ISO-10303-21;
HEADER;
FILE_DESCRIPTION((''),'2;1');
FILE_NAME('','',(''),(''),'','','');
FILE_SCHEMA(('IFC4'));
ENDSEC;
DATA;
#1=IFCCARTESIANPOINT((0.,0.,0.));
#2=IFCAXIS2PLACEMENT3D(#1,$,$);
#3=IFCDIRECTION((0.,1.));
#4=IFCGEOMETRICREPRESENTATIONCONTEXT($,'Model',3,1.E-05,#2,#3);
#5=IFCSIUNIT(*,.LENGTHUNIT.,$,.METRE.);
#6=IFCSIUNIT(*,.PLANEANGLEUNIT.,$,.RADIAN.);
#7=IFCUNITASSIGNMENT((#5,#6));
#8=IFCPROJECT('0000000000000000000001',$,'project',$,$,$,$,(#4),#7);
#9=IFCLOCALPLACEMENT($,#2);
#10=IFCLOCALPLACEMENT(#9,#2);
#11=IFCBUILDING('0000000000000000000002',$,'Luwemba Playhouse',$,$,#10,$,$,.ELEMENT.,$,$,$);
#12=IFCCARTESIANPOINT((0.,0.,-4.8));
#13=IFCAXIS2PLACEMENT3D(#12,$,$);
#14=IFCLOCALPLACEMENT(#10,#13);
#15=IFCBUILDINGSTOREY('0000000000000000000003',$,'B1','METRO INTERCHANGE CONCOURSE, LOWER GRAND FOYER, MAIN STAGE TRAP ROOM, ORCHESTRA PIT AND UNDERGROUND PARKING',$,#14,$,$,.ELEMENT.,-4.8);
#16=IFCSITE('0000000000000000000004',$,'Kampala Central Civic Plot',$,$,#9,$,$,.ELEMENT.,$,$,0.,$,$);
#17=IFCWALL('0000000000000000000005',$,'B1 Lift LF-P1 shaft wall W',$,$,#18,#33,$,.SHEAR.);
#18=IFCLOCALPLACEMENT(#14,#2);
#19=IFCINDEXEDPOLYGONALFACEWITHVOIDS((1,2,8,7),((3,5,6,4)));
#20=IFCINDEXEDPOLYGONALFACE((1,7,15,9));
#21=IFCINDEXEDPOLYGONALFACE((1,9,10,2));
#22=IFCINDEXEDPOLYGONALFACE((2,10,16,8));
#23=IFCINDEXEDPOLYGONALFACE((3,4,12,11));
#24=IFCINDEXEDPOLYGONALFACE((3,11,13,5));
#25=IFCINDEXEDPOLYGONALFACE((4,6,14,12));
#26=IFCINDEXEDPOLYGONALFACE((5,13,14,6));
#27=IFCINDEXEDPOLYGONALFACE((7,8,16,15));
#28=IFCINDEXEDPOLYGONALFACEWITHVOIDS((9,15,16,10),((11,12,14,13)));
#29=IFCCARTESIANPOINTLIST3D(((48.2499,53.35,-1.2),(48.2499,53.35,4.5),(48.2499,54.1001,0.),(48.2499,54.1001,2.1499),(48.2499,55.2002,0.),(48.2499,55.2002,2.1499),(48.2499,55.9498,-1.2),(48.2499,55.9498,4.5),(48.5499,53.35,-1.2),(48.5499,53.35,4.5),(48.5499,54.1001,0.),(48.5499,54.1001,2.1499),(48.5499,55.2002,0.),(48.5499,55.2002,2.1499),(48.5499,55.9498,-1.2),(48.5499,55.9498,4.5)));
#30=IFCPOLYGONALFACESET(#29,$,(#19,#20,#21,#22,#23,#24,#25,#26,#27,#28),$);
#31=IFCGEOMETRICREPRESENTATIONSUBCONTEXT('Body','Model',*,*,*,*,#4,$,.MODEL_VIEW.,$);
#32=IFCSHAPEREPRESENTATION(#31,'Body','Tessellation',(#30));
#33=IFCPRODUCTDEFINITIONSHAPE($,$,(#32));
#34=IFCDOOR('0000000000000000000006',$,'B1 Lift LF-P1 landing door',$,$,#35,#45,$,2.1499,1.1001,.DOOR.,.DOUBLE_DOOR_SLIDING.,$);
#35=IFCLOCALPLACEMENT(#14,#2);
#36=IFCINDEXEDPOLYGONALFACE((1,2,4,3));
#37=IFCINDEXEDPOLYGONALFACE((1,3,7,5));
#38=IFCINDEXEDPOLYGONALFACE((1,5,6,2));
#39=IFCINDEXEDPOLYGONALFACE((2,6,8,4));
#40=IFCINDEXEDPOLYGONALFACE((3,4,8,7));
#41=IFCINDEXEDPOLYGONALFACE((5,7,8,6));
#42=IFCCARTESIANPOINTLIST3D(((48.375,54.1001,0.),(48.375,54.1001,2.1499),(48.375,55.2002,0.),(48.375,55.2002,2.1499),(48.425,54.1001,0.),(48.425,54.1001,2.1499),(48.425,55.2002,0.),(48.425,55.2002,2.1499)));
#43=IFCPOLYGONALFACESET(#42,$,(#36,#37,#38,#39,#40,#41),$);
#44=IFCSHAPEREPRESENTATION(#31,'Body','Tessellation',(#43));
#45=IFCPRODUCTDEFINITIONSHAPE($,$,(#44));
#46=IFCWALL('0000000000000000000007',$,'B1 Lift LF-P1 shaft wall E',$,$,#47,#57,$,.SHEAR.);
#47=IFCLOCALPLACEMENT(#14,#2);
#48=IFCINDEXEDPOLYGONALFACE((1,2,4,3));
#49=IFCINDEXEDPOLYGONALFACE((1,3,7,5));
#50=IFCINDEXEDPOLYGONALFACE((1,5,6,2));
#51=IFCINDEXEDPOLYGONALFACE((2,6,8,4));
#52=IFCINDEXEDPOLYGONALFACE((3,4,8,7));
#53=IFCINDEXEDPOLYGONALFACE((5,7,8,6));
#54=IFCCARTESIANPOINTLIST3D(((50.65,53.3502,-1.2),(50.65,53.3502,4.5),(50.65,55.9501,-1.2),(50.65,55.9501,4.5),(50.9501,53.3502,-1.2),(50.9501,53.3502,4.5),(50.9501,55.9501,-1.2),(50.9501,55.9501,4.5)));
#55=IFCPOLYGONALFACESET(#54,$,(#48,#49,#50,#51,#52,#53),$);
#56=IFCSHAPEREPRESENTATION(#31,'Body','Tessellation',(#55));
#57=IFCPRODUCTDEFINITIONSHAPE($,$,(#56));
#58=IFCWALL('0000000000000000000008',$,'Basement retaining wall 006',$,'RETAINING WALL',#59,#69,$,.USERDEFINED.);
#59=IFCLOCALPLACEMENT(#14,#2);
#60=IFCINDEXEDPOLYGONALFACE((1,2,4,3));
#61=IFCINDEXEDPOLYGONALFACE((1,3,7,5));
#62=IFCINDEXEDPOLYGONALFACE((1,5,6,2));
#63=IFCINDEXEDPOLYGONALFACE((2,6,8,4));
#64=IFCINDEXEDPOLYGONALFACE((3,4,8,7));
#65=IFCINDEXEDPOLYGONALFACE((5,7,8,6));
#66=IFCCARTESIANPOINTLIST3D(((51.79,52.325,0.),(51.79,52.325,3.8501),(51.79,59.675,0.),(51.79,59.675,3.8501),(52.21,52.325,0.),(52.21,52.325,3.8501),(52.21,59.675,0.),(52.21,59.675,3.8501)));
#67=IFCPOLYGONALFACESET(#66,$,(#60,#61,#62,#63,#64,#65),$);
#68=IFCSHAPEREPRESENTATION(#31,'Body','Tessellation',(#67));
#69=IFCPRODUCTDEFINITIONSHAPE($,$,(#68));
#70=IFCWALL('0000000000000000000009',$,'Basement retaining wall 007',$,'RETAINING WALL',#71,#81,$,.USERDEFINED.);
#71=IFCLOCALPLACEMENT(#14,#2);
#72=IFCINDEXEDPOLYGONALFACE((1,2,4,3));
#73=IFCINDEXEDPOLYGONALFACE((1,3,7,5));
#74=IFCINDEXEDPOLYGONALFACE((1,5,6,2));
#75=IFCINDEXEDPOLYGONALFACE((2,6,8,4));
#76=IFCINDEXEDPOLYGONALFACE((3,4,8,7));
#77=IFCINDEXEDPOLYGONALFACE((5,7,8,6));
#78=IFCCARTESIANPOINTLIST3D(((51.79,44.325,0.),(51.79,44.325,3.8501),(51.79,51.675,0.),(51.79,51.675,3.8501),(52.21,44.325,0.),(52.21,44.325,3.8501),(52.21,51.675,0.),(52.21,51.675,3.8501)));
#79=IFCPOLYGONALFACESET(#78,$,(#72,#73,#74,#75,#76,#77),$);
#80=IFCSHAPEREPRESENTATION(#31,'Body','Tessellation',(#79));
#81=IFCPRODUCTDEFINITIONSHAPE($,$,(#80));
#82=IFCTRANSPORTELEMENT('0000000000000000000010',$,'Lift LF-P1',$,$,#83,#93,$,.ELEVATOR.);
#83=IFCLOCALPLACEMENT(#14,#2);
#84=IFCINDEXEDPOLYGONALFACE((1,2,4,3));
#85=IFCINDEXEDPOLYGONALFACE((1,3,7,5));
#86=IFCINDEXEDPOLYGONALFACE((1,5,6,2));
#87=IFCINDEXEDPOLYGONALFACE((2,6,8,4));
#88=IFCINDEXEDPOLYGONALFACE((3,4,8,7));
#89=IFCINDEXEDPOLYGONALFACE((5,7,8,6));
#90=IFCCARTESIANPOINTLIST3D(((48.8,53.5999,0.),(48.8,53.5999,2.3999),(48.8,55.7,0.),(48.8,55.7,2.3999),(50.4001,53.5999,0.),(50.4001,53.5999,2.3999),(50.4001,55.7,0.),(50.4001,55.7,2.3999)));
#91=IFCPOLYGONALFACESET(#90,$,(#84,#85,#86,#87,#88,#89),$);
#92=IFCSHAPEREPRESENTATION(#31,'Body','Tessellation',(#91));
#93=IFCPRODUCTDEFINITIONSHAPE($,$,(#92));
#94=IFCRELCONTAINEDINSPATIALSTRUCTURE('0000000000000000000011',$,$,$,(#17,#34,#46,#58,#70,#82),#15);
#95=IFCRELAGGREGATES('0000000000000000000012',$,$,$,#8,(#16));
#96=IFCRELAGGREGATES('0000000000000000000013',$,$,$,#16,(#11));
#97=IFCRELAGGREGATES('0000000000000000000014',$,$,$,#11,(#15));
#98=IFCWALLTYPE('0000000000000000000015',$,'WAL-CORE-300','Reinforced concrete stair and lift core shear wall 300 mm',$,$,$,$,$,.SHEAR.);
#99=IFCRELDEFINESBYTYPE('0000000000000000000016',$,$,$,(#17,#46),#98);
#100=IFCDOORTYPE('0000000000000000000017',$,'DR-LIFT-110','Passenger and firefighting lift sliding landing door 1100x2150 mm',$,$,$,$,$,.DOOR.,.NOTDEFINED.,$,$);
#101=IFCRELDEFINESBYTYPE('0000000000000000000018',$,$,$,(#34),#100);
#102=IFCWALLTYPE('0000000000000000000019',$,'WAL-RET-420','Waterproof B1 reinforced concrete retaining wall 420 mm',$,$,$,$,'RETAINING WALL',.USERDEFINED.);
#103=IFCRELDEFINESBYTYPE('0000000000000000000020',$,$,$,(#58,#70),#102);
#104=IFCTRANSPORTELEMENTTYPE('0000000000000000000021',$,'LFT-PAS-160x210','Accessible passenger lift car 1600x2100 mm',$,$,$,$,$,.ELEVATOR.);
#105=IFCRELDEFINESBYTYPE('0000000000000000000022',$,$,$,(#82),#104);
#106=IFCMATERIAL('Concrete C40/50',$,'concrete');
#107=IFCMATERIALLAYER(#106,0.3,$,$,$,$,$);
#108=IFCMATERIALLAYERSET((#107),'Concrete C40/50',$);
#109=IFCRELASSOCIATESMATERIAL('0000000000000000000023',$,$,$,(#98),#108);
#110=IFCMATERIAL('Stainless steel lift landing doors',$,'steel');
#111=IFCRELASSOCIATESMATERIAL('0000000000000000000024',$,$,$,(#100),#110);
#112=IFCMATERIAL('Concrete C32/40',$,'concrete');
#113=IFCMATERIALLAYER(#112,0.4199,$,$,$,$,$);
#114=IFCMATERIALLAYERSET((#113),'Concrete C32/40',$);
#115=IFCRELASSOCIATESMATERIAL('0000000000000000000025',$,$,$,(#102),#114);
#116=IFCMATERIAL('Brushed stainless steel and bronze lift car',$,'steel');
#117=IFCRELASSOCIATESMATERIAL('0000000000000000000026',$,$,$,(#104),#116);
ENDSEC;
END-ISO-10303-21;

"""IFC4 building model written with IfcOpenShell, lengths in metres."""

from ifc_helpers import new_model, si_unit, direction, frame, frame_2d, origin, origin_2d, place, context, subcontext, project, spatial, rectangle, extrude, material, layer, layer_set, type_object, element, fill, save


model = new_model("IFC4")

# Units and contexts
model_context = context("Model", 3, precision=1e-05, world=origin(), true_north=direction((0.0, 1.0)))
body_context = subcontext(model_context, "Body", "Model", "MODEL_VIEW")
ifc_project = project(units=[si_unit("LENGTHUNIT", "METRE"), si_unit("PLANEANGLEUNIT", "RADIAN")], contexts=[model_context])

# Site, building, storey
site_placement = place(None, origin())
site = spatial("IfcSite", under=ifc_project, at=site_placement, Name="Kampala Central Civic Plot", CompositionType="ELEMENT", RefElevation=0.0)
building_placement = place(site_placement, origin())
building = spatial("IfcBuilding", under=site, at=building_placement, Name="Luwemba Playhouse", CompositionType="ELEMENT")
storey_placement = place(building_placement, frame((0.0, 0.0, -4.8)))
storey = spatial("IfcBuildingStorey", under=building, at=storey_placement, Name="B1", Description="METRO INTERCHANGE CONCOURSE, LOWER GRAND FOYER, MAIN STAGE TRAP ROOM, ORCHESTRA PIT AND UNDERGROUND PARKING", CompositionType="ELEMENT", Elevation=-4.8)

# Shared definitions
ifc_material_1 = material(Name="Concrete C32/40", Category="concrete")

# Shared definitions
ifc_material_2 = material(Name="Concrete C40/50", Category="concrete")

# Shared definitions
ifc_layer_1 = layer(ifc_material_2, 0.3)
ifc_layer_set_1 = layer_set([ifc_layer_1], Name="Concrete C40/50")
wall_type_1 = type_object("IfcWallType", Name="WAL-CORE-300", Description="Reinforced concrete stair and lift core shear wall 300 mm", PredefinedType="SHEAR", material=ifc_layer_set_1)

# Wall, opening, door
wall_1_placement = place(storey_placement, frame((48.3999, 53.3501, -1.2), z_axis=(0.0, 0.0, 1.0), x_axis=(0.0, 1.0, 0.0)))
wall_1 = element("IfcWall", 1, at=wall_1_placement, inside=storey, type_object=wall_type_1, Name="B1 Lift LF-P1 shaft wall W", PredefinedType="SHEAR", context=body_context, shape_type="SweptSolid", body=[
    extrude(rectangle(XDim=2.5999, YDim=0.3, at=frame_2d((1.2998, 0.0))), origin(), (0.0, 0.0, 1.0), 5.7),
])
opening_placement = place(wall_1_placement, frame((0.75, 0.0, 1.2)))
opening = element("IfcOpeningElement", 2, at=opening_placement, cuts=wall_1, PredefinedType="OPENING", context=body_context, shape_type="SweptSolid", body=[
    extrude(rectangle(XDim=1.1001, YDim=2.1499, at=frame_2d((0.55, 1.075))), frame((0.0, 0.1599, 0.0), z_axis=(0.0, -1.0, 0.0), x_axis=(1.0, 0.0, 0.0)), (0.0, 0.0, 1.0), 0.3201),
])
ifc_material_3 = material(Name="Stainless steel lift landing doors", Category="steel")
door_type = type_object("IfcDoorType", Name="DR-LIFT-110", Description="Passenger and firefighting lift sliding landing door 1100x2150 mm", OperationType="NOTDEFINED", PredefinedType="DOOR", material=ifc_material_3)
door_placement = place(opening_placement, origin())
door = element("IfcDoor", 3, at=door_placement, inside=storey, type_object=door_type, Name="B1 Lift LF-P1 landing door", OperationType="DOUBLE_DOOR_SLIDING", OverallHeight=2.1499, OverallWidth=1.1001, PredefinedType="DOOR", context=body_context, shape_type="SweptSolid", body=[
    extrude(rectangle(XDim=1.1001, YDim=2.1499, at=frame_2d((0.55, 1.075))), frame((0.0, 0.0249, 0.0), z_axis=(0.0, -1.0, 0.0), x_axis=(1.0, 0.0, 0.0)), (0.0, 0.0, 1.0), 0.05),
])
fill(opening, door)

# Walls
wall_2_placement = place(storey_placement, frame((50.8, 55.95, -1.2), z_axis=(0.0, 0.0, 1.0), x_axis=(0.0, -1.0, 0.0)))
element("IfcWall", 4, at=wall_2_placement, inside=storey, type_object=wall_type_1, Name="B1 Lift LF-P1 shaft wall E", PredefinedType="SHEAR", context=body_context, shape_type="SweptSolid", body=[
    extrude(rectangle(XDim=2.5999, YDim=0.3, at=frame_2d((1.2998, 0.0))), origin(), (0.0, 0.0, 1.0), 5.7),
])
ifc_layer_2 = layer(ifc_material_1, 0.4199)
ifc_layer_set_2 = layer_set([ifc_layer_2], Name="Concrete C32/40")
wall_type_2 = type_object("IfcWallType", Name="WAL-RET-420", Description="Waterproof B1 reinforced concrete retaining wall 420 mm", ElementType="RETAINING WALL", PredefinedType="USERDEFINED", material=ifc_layer_set_2)
for number, where, z_axis, x_axis, name in (
    (5, (52.0, 59.675, 0.0), (0.0, 0.0, 1.0), (0.0, -1.0, 0.0), "Basement retaining wall 006"),
    (6, (52.0, 51.675, 0.0), (0.0, 0.0, 1.0), (0.0, -1.0, 0.0), "Basement retaining wall 007"),
):
    element("IfcWall", number, at=place(storey_placement, frame(where, z_axis=z_axis, x_axis=x_axis)), inside=storey, type_object=wall_type_2, Name=name, ObjectType="RETAINING WALL", PredefinedType="USERDEFINED", context=body_context, shape_type="SweptSolid", body=[
        extrude(rectangle(XDim=7.3501, YDim=0.4199, at=frame_2d((3.675, 0.0))), origin(), (0.0, 0.0, 1.0), 3.8501),
    ])

# Transport element
ifc_material_4 = material(Name="Brushed stainless steel and bronze lift car", Category="steel")
transport_element_type = type_object("IfcTransportElementType", Name="LFT-PAS-160x210", Description="Accessible passenger lift car 1600x2100 mm", PredefinedType="ELEVATOR", material=ifc_material_4)
transport_element_placement = place(storey_placement, frame((49.6001, 54.6499, 0.0), z_axis=(0.0, 0.0, 1.0), x_axis=(1.0, 0.0, 0.0)))
element("IfcTransportElement", 7, at=transport_element_placement, inside=storey, type_object=transport_element_type, Name="Lift LF-P1", PredefinedType="ELEVATOR", context=body_context, shape_type="SweptSolid", body=[
    extrude(rectangle(XDim=1.6001, YDim=2.1001, at=origin_2d()), origin(), (0.0, 0.0, 1.0), 2.3999),
])

save(model, "model.ifc")
